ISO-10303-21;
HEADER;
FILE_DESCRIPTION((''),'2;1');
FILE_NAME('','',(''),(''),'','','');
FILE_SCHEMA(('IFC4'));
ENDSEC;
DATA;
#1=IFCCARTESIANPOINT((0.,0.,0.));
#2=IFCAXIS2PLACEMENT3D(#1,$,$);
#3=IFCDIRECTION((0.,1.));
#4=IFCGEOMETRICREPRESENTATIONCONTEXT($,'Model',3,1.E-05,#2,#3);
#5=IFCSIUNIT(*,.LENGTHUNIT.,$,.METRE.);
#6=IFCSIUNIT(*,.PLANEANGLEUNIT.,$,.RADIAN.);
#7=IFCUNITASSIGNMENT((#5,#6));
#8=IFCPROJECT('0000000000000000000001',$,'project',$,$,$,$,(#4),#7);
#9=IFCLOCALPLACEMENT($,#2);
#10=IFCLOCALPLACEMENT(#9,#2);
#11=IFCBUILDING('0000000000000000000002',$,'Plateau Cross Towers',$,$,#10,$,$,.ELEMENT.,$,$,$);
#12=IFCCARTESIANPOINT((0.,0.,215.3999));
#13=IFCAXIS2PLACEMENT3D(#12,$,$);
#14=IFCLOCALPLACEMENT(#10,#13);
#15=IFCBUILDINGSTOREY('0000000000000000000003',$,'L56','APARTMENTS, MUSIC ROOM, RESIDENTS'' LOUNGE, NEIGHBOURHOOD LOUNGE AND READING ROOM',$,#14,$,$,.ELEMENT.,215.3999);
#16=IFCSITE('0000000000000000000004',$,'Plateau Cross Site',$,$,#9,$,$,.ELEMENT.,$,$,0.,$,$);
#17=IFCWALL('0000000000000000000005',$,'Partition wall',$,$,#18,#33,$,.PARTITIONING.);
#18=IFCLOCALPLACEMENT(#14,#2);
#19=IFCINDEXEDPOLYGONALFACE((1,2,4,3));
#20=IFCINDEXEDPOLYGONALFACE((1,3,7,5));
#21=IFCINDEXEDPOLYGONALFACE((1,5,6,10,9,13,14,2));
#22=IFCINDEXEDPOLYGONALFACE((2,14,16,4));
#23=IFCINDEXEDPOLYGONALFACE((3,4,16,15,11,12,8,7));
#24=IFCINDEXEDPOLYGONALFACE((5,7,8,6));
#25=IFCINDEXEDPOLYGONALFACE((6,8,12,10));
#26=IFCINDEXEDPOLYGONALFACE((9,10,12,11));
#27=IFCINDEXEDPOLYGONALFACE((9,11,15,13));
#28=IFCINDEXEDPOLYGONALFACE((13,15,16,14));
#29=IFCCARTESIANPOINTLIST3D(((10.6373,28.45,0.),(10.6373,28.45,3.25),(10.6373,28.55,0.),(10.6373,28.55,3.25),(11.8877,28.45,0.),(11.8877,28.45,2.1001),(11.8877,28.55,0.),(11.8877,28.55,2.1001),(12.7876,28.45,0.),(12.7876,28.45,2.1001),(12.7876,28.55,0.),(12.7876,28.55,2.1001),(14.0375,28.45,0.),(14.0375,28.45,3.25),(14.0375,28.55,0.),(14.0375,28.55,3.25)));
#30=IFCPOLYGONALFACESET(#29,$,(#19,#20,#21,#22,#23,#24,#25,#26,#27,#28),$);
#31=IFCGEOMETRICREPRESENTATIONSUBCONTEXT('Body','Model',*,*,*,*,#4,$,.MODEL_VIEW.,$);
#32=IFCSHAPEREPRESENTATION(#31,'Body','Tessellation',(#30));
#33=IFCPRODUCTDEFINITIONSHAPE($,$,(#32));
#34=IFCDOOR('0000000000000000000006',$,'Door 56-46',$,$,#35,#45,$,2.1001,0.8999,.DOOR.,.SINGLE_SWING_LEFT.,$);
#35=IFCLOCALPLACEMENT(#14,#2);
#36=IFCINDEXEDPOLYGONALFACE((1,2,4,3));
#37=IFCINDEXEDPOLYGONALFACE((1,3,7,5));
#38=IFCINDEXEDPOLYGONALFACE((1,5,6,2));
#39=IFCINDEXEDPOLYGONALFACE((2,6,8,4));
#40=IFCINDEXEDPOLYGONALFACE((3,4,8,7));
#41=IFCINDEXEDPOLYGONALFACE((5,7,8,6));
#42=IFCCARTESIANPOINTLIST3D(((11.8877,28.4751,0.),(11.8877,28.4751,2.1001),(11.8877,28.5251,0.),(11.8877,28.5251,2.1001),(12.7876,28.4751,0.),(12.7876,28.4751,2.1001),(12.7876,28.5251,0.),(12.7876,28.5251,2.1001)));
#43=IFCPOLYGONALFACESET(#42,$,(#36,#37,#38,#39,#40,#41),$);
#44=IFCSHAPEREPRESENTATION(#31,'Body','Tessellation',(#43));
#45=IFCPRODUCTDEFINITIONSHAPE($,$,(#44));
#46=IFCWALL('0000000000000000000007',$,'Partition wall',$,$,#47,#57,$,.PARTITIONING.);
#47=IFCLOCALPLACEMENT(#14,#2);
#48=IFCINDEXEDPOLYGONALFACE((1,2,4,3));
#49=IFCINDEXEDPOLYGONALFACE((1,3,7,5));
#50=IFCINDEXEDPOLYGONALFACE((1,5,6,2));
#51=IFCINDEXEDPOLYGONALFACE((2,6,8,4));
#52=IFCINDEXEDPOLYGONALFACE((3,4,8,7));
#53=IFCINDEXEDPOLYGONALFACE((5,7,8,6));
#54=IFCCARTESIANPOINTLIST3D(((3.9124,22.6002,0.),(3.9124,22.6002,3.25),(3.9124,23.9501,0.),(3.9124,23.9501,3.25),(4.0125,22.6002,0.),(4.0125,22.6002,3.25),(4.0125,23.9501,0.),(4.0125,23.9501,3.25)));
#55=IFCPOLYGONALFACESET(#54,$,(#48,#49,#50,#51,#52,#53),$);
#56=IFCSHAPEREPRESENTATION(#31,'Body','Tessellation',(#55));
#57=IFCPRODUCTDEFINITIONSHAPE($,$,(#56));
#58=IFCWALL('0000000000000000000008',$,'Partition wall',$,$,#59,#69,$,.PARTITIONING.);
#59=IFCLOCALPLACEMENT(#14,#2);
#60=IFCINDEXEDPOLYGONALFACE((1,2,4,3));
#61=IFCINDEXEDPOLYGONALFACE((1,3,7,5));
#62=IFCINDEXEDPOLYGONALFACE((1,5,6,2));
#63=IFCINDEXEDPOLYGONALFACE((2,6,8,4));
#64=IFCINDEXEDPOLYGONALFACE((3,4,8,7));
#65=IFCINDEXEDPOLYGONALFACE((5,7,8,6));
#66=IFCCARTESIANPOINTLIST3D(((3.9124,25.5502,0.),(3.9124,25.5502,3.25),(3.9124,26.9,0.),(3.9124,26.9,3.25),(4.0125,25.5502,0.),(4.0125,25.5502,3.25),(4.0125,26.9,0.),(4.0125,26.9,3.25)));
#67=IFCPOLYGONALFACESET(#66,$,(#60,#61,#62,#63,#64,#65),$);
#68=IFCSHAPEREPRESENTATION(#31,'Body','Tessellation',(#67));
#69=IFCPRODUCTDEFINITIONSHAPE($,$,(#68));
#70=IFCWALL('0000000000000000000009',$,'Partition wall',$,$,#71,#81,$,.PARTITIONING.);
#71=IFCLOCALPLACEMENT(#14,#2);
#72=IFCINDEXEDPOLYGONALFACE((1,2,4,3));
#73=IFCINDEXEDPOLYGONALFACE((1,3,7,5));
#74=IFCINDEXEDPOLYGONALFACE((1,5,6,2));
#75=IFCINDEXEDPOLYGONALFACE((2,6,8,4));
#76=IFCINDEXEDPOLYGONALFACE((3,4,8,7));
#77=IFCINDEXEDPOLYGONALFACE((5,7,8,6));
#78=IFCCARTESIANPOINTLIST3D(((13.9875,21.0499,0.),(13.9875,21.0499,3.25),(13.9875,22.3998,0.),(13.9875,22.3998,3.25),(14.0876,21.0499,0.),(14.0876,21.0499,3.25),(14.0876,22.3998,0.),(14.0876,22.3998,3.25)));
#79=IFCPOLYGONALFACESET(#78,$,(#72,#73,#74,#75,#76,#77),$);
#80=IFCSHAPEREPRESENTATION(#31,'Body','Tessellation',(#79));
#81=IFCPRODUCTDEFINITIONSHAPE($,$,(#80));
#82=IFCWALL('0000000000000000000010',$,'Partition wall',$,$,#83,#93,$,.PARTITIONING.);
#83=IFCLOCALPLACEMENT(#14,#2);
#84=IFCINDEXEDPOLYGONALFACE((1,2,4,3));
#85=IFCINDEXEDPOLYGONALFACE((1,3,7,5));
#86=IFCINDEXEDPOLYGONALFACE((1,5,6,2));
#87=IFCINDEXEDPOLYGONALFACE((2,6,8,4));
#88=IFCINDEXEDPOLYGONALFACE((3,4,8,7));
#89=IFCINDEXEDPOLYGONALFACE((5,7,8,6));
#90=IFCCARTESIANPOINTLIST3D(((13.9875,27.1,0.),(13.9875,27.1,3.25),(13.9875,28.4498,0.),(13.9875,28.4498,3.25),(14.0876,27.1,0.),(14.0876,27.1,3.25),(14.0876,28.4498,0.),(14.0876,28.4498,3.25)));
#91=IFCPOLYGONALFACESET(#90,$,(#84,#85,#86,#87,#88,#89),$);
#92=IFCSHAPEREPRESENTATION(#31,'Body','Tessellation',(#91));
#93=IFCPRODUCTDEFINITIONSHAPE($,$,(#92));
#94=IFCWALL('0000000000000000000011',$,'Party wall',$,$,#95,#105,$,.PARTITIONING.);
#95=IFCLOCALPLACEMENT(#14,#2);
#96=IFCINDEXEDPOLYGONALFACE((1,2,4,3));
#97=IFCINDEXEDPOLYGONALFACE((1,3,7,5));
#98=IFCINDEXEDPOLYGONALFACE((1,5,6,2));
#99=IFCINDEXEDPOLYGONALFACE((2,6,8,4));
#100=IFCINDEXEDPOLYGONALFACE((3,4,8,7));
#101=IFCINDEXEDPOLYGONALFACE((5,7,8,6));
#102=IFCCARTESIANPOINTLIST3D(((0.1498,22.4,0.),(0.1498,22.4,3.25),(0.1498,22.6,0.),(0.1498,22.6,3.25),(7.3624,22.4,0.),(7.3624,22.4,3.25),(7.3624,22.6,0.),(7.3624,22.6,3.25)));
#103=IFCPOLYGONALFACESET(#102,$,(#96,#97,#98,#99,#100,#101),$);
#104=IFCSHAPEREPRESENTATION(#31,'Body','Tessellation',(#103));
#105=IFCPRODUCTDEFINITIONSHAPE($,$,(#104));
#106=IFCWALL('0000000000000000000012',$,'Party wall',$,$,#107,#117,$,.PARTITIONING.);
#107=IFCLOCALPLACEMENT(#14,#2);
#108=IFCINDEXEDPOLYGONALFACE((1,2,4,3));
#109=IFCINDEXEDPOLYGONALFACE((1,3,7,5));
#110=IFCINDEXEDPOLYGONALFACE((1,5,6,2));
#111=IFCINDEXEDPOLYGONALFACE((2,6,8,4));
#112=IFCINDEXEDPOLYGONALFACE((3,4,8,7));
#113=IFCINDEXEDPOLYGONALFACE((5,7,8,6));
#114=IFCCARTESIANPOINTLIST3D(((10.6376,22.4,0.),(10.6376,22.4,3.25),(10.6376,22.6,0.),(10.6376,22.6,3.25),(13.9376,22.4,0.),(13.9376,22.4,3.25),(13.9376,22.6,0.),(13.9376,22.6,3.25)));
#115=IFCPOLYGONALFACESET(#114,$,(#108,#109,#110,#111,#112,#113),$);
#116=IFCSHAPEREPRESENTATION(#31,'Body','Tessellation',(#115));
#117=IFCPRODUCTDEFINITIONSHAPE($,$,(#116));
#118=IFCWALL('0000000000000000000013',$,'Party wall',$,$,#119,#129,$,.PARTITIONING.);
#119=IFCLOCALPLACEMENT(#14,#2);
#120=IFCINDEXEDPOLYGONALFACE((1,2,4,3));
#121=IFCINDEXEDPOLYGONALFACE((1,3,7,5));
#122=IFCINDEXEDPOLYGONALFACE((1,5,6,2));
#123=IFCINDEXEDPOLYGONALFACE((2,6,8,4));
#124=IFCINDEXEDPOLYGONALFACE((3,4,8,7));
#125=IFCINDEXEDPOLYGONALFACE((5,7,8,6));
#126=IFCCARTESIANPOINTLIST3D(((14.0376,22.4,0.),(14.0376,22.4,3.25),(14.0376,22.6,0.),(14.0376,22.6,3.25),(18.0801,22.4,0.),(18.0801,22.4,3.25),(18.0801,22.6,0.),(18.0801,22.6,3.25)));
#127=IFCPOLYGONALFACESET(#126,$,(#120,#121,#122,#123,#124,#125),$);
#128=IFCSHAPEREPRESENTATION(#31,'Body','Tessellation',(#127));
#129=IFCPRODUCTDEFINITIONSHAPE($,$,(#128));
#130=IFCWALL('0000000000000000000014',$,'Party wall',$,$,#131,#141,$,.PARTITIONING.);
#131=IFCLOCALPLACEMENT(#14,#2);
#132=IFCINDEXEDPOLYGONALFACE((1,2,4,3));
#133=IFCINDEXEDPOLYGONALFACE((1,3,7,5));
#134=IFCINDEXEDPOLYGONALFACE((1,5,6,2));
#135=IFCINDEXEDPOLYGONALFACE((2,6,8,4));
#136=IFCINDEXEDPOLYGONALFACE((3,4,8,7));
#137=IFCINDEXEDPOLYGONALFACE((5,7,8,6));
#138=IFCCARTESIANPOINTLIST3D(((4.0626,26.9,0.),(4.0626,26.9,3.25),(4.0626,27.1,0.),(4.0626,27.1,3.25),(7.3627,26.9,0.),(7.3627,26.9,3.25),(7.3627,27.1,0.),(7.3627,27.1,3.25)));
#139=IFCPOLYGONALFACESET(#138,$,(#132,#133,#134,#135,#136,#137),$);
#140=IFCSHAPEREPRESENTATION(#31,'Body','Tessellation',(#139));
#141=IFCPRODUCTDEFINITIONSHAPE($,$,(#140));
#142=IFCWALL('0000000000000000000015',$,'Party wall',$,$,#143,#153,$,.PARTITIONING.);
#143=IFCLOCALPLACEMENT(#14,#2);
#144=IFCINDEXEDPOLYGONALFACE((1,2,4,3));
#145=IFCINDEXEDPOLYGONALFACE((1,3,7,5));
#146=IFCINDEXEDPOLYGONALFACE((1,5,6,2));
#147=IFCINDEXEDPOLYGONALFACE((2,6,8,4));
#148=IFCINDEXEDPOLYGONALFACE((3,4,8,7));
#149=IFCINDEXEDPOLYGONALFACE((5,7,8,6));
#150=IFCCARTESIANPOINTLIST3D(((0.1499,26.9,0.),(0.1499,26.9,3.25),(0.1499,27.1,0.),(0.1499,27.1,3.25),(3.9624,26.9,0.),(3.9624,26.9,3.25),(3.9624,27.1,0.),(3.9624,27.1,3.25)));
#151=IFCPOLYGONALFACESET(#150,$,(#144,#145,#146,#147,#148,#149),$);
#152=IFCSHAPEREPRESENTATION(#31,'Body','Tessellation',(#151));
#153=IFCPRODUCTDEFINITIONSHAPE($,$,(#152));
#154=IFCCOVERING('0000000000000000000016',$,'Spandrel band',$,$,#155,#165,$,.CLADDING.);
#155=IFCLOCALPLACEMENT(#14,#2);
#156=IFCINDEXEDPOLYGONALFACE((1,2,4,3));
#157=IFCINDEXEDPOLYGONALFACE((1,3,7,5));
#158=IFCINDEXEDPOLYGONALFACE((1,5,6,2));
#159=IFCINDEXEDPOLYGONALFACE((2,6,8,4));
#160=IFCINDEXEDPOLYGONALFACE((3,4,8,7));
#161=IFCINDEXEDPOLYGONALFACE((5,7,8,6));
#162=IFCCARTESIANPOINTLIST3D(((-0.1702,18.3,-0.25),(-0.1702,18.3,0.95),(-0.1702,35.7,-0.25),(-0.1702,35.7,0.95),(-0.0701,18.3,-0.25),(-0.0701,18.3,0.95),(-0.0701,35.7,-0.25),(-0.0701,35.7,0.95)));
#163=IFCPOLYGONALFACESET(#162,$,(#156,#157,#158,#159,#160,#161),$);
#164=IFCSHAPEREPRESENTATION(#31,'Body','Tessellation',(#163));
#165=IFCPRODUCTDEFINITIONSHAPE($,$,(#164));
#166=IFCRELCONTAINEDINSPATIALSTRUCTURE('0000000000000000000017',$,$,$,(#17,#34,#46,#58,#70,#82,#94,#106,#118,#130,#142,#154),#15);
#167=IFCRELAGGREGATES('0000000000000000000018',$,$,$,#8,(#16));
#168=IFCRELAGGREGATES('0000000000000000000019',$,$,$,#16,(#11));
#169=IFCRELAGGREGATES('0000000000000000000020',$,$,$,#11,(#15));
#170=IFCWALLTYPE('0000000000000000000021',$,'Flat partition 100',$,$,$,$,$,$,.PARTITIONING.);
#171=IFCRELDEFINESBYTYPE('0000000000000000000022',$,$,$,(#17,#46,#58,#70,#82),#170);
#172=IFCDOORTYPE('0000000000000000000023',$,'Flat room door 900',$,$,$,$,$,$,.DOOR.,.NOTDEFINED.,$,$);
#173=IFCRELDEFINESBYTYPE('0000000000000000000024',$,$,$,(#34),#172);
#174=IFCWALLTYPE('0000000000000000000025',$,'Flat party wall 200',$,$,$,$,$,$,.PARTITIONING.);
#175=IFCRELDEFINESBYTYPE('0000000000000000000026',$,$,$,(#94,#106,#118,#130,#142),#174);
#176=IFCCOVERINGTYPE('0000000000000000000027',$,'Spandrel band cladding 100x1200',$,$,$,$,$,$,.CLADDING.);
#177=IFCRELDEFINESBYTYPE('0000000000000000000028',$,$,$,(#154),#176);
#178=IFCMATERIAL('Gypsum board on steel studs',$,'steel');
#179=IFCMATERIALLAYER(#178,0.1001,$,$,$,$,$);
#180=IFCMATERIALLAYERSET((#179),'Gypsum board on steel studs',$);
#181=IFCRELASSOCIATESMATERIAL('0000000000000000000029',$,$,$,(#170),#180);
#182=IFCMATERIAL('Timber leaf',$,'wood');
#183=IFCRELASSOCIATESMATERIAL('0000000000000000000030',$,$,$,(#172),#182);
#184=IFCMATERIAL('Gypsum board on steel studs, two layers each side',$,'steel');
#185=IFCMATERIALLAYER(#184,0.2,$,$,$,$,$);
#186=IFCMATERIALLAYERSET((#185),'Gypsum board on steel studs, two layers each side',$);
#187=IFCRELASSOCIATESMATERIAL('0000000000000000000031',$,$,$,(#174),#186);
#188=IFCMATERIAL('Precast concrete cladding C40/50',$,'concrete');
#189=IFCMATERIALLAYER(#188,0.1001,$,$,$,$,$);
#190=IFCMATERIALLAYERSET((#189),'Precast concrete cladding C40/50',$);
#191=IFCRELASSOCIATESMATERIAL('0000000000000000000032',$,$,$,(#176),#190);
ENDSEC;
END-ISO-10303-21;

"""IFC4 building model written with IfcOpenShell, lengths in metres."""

from ifc_helpers import new_model, si_unit, direction, frame, frame_2d, origin, origin_2d, place, context, subcontext, project, spatial, rectangle, extrude, material, layer, layer_set, type_object, element, fill, save


model = new_model("IFC4")

# Units and contexts
model_context = context("Model", 3, precision=1e-05, world=origin(), true_north=direction((0.0, 1.0)))
body_context = subcontext(model_context, "Body", "Model", "MODEL_VIEW")
ifc_project = project(units=[si_unit("LENGTHUNIT", "METRE"), si_unit("PLANEANGLEUNIT", "RADIAN")], contexts=[model_context])

# Site, building, storey
site_placement = place(None, origin())
site = spatial("IfcSite", under=ifc_project, at=site_placement, Name="Plateau Cross Site", CompositionType="ELEMENT", RefElevation=0.0)
building_placement = place(site_placement, origin())
building = spatial("IfcBuilding", under=site, at=building_placement, Name="Plateau Cross Towers", CompositionType="ELEMENT")
storey_placement = place(building_placement, frame((0.0, 0.0, 215.3999)))
storey = spatial("IfcBuildingStorey", under=building, at=storey_placement, Name="L56", Description="APARTMENTS, MUSIC ROOM, RESIDENTS' LOUNGE, NEIGHBOURHOOD LOUNGE AND READING ROOM", CompositionType="ELEMENT", Elevation=215.3999)

# Wall, opening, door
ifc_material_1 = material(Name="Gypsum board on steel studs", Category="steel")
ifc_layer_1 = layer(ifc_material_1, 0.1001)
ifc_layer_set_1 = layer_set([ifc_layer_1], Name="Gypsum board on steel studs")
wall_type_1 = type_object("IfcWallType", Name="Flat partition 100", PredefinedType="PARTITIONING", material=ifc_layer_set_1)
ifc_material_2 = material(Name="Timber leaf", Category="wood")
door_type_1 = type_object("IfcDoorType", Name="Flat room door 900", OperationType="NOTDEFINED", PredefinedType="DOOR", material=ifc_material_2)
wall_1_placement = place(storey_placement, frame((14.0376, 28.5, 0.0), z_axis=(0.0, 0.0, 1.0), x_axis=(-1.0, 0.0, 0.0)))
wall_1 = element("IfcWall", 1, at=wall_1_placement, inside=storey, type_object=wall_type_1, Name="Partition wall", PredefinedType="PARTITIONING", context=body_context, shape_type="SweptSolid", body=[
    extrude(rectangle(XDim=3.4001, YDim=0.1001, at=frame_2d((1.7002, 0.0))), origin(), (0.0, 0.0, 1.0), 3.25),
])
opening_1_placement = place(wall_1_placement, frame((1.25, 0.0, 0.0)))
opening_1 = element("IfcOpeningElement", 2, at=opening_1_placement, cuts=wall_1, PredefinedType="OPENING", context=body_context, shape_type="SweptSolid", body=[
    extrude(rectangle(XDim=0.8999, YDim=2.1001, at=frame_2d((0.45, 1.05))), frame((0.0, 0.0601, 0.0), z_axis=(0.0, -1.0, 0.0), x_axis=(1.0, 0.0, 0.0)), (0.0, 0.0, 1.0), 0.1201),
])
door_1_placement = place(opening_1_placement, origin())
door_1 = element("IfcDoor", 3, at=door_1_placement, inside=storey, type_object=door_type_1, Name="Door 56-46", OperationType="SINGLE_SWING_LEFT", OverallHeight=2.1001, OverallWidth=0.8999, PredefinedType="DOOR", context=body_context, shape_type="SweptSolid", body=[
    extrude(rectangle(XDim=0.8999, YDim=2.1001, at=frame_2d((0.45, 1.05))), frame((0.0, 0.0249, 0.0), z_axis=(0.0, -1.0, 0.0), x_axis=(1.0, 0.0, 0.0)), (0.0, 0.0, 1.0), 0.05),
])
fill(opening_1, door_1)

# Walls
for number, where, z_axis, x_axis, name in (
    (4, (3.9624, 23.95, 0.0), (0.0, 0.0, 1.0), (0.0, -1.0, 0.0), "Partition wall"),
    (5, (3.9624, 26.8999, 0.0), (0.0, 0.0, 1.0), (0.0, -1.0, 0.0), "Partition wall"),
    (6, (14.0376, 21.05, 0.0), (0.0, 0.0, 1.0), (0.0, 1.0, 0.0), "Partition wall"),
    (7, (14.0376, 27.1001, 0.0), (0.0, 0.0, 1.0), (0.0, 1.0, 0.0), "Partition wall"),
):
    element("IfcWall", number, at=place(storey_placement, frame(where, z_axis=z_axis, x_axis=x_axis)), inside=storey, type_object=wall_type_1, Name=name, PredefinedType="PARTITIONING", context=body_context, shape_type="SweptSolid", body=[
        extrude(rectangle(XDim=1.3499, YDim=0.1001, at=frame_2d((0.6748, 0.0))), origin(), (0.0, 0.0, 1.0), 3.25),
    ])
ifc_material_3 = material(Name="Gypsum board on steel studs, two layers each side", Category="steel")
ifc_layer_2 = layer(ifc_material_3, 0.2)
ifc_layer_set_2 = layer_set([ifc_layer_2], Name="Gypsum board on steel studs, two layers each side")
wall_type_2 = type_object("IfcWallType", Name="Flat party wall 200", PredefinedType="PARTITIONING", material=ifc_layer_set_2)
wall_2_placement = place(storey_placement, frame((7.3625, 22.5, 0.0), z_axis=(0.0, 0.0, 1.0), x_axis=(-1.0, 0.0, 0.0)))
element("IfcWall", 8, at=wall_2_placement, inside=storey, type_object=wall_type_2, Name="Party wall", PredefinedType="PARTITIONING", context=body_context, shape_type="SweptSolid", body=[
    extrude(rectangle(XDim=7.2126, YDim=0.2, at=frame_2d((3.6064, 0.0))), origin(), (0.0, 0.0, 1.0), 3.25),
])
wall_3_placement = place(storey_placement, frame((13.9375, 22.5, 0.0), z_axis=(0.0, 0.0, 1.0), x_axis=(-1.0, 0.0, 0.0)))
element("IfcWall", 9, at=wall_3_placement, inside=storey, type_object=wall_type_2, Name="Party wall", PredefinedType="PARTITIONING", context=body_context, shape_type="SweptSolid", body=[
    extrude(rectangle(XDim=3.3, YDim=0.2, at=frame_2d((1.6499, 0.0))), origin(), (0.0, 0.0, 1.0), 3.25),
])
wall_4_placement = place(storey_placement, frame((14.0376, 22.5, 0.0), z_axis=(0.0, 0.0, 1.0), x_axis=(1.0, 0.0, 0.0)))
element("IfcWall", 10, at=wall_4_placement, inside=storey, type_object=wall_type_2, Name="Party wall", PredefinedType="PARTITIONING", context=body_context, shape_type="SweptSolid", body=[
    extrude(rectangle(XDim=4.0425, YDim=0.2, at=frame_2d((2.0212, 0.0))), origin(), (0.0, 0.0, 1.0), 3.25),
])
wall_5_placement = place(storey_placement, frame((7.3625, 27.0, 0.0), z_axis=(0.0, 0.0, 1.0), x_axis=(-1.0, 0.0, 0.0)))
element("IfcWall", 11, at=wall_5_placement, inside=storey, type_object=wall_type_2, Name="Party wall", PredefinedType="PARTITIONING", context=body_context, shape_type="SweptSolid", body=[
    extrude(rectangle(XDim=3.3, YDim=0.2, at=frame_2d((1.6499, 0.0))), origin(), (0.0, 0.0, 1.0), 3.25),
])
wall_6_placement = place(storey_placement, frame((0.1499, 27.0, 0.0), z_axis=(0.0, 0.0, 1.0), x_axis=(1.0, 0.0, 0.0)))
element("IfcWall", 12, at=wall_6_placement, inside=storey, type_object=wall_type_2, Name="Party wall", PredefinedType="PARTITIONING", context=body_context, shape_type="SweptSolid", body=[
    extrude(rectangle(XDim=3.8125, YDim=0.2, at=frame_2d((1.9062, 0.0))), origin(), (0.0, 0.0, 1.0), 3.25),
])

# Covering
ifc_material_4 = material(Name="Precast concrete cladding C40/50", Category="concrete")
ifc_layer_3 = layer(ifc_material_4, 0.1001)
ifc_layer_set_3 = layer_set([ifc_layer_3], Name="Precast concrete cladding C40/50")
covering_type = type_object("IfcCoveringType", Name="Spandrel band cladding 100x1200", PredefinedType="CLADDING", material=ifc_layer_set_3)
covering_placement = place(storey_placement, frame((-0.1201, 27.0, -0.25), z_axis=(0.0, 0.0, 1.0), x_axis=(0.0, -1.0, 0.0)))
element("IfcCovering", 13, at=covering_placement, inside=storey, type_object=covering_type, Name="Spandrel band", PredefinedType="CLADDING", context=body_context, shape_type="SweptSolid", body=[
    extrude(rectangle(XDim=17.3999, YDim=0.1001, at=origin_2d()), origin(), (0.0, 0.0, 1.0), 1.2),
])

save(model, "model.ifc")
